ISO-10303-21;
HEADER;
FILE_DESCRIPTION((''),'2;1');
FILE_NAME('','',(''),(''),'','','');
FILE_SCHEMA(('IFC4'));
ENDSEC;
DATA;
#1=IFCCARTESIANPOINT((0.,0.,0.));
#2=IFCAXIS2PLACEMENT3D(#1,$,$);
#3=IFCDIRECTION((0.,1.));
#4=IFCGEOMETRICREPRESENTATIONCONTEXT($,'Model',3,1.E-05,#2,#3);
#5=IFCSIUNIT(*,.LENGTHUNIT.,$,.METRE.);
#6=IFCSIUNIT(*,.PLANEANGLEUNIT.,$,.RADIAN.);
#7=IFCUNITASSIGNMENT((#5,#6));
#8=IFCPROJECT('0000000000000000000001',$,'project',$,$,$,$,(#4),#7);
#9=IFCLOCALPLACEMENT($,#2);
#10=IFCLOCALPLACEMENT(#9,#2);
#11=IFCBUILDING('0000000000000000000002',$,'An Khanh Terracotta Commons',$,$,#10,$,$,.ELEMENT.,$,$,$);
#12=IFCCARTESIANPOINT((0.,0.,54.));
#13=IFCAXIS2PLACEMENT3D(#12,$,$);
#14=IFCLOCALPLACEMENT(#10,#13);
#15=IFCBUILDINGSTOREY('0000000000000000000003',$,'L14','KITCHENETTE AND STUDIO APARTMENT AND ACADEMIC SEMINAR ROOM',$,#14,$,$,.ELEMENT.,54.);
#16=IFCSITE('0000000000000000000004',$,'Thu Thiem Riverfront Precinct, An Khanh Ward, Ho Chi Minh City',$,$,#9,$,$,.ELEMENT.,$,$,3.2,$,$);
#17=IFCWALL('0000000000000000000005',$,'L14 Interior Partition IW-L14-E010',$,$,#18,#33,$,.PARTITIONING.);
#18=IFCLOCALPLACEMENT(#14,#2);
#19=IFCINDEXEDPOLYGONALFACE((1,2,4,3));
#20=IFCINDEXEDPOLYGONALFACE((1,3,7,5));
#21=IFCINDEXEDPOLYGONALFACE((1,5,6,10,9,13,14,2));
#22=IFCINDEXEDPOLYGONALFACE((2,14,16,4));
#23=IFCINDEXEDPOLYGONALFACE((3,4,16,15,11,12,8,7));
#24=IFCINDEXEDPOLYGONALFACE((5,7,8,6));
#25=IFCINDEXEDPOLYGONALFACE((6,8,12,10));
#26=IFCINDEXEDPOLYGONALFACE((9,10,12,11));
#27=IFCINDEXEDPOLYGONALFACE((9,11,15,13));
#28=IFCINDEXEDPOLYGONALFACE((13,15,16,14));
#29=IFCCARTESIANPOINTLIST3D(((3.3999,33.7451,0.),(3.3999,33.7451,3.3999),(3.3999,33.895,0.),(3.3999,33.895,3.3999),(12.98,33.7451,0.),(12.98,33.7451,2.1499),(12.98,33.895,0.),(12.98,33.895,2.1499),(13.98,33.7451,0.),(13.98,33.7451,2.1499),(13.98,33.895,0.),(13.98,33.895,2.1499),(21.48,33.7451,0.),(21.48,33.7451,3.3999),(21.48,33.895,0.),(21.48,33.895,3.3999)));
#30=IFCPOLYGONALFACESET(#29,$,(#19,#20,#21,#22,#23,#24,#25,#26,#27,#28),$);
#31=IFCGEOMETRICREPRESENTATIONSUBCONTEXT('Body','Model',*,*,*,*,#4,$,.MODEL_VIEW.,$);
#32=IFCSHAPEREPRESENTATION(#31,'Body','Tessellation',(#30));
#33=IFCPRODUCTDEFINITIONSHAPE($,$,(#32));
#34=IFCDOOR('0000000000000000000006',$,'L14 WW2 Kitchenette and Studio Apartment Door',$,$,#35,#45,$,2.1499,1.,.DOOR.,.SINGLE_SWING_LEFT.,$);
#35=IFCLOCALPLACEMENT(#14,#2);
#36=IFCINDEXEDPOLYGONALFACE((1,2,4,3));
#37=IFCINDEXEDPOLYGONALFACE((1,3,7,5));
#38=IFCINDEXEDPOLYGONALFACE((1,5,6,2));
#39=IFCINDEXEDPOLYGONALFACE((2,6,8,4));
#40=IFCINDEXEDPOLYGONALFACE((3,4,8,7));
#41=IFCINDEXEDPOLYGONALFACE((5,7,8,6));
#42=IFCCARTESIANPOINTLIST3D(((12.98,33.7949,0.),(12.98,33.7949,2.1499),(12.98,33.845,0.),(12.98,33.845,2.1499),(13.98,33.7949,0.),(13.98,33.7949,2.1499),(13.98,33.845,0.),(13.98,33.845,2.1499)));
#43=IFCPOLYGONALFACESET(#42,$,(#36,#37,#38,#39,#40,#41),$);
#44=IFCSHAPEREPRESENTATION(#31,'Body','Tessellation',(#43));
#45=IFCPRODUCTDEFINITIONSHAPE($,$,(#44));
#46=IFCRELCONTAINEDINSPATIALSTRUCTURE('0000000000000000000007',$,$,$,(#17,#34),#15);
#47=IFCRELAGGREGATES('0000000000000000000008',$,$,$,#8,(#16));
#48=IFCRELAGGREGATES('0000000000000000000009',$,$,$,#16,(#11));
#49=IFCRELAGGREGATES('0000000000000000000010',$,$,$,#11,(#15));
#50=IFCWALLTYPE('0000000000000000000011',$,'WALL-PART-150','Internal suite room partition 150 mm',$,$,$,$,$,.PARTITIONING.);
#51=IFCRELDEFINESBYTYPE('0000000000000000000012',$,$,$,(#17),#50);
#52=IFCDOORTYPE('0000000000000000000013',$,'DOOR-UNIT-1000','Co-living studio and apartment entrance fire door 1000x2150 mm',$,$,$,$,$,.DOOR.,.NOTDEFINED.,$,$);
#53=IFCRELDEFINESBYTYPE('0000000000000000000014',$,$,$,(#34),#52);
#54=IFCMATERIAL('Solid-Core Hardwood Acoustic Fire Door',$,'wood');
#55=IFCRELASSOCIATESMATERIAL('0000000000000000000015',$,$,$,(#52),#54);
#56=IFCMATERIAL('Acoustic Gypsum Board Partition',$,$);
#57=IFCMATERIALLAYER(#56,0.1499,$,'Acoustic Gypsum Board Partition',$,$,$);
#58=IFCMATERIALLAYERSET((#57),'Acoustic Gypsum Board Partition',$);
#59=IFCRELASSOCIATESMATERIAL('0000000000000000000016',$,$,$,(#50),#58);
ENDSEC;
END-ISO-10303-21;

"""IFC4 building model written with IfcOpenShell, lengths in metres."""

from ifc_helpers import new_model, si_unit, direction, frame, frame_2d, origin, place, context, subcontext, project, spatial, rectangle, extrude, material, layer, layer_set, type_object, element, fill, save


model = new_model("IFC4")

# Units and contexts
model_context = context("Model", 3, precision=1e-05, world=origin(), true_north=direction((0.0, 1.0)))
body_context = subcontext(model_context, "Body", "Model", "MODEL_VIEW")
ifc_project = project(units=[si_unit("LENGTHUNIT", "METRE"), si_unit("PLANEANGLEUNIT", "RADIAN")], contexts=[model_context])

# Site, building, storey
site_placement = place(None, origin())
site = spatial("IfcSite", under=ifc_project, at=site_placement, Name="Thu Thiem Riverfront Precinct, An Khanh Ward, Ho Chi Minh City", CompositionType="ELEMENT", RefElevation=3.2)
building_placement = place(site_placement, origin())
building = spatial("IfcBuilding", under=site, at=building_placement, Name="An Khanh Terracotta Commons", CompositionType="ELEMENT")
storey_placement = place(building_placement, frame((0.0, 0.0, 54.0)))
storey = spatial("IfcBuildingStorey", under=building, at=storey_placement, Name="L14", Description="KITCHENETTE AND STUDIO APARTMENT AND ACADEMIC SEMINAR ROOM", CompositionType="ELEMENT", Elevation=54.0)

# Shared definitions
ifc_material_1 = material(Name="Solid-Core Hardwood Acoustic Fire Door", Category="wood")
door_type_1 = type_object("IfcDoorType", Name="DOOR-UNIT-1000", Description="Co-living studio and apartment entrance fire door 1000x2150 mm", OperationType="NOTDEFINED", PredefinedType="DOOR", material=ifc_material_1)

# Wall, opening, door
ifc_material_2 = material(Name="Acoustic Gypsum Board Partition")
ifc_layer_1 = layer(ifc_material_2, 0.1499, Name="Acoustic Gypsum Board Partition")
ifc_layer_set_1 = layer_set([ifc_layer_1], Name="Acoustic Gypsum Board Partition")
wall_type_1 = type_object("IfcWallType", Name="WALL-PART-150", Description="Internal suite room partition 150 mm", PredefinedType="PARTITIONING", material=ifc_layer_set_1)
wall_1_placement = place(storey_placement, frame((3.3999, 33.8201, 0.0), z_axis=(0.0, 0.0, 1.0), x_axis=(1.0, 0.0, 0.0)))
wall_1 = element("IfcWall", 1, at=wall_1_placement, inside=storey, type_object=wall_type_1, Name="L14 Interior Partition IW-L14-E010", PredefinedType="PARTITIONING", context=body_context, shape_type="SweptSolid", body=[
    extrude(rectangle(XDim=18.0801, YDim=0.1499, at=frame_2d((9.04, 0.0))), origin(), (0.0, 0.0, 1.0), 3.3999),
])
opening_1_placement = place(wall_1_placement, frame((9.5801, 0.0, 0.0)))
opening_1 = element("IfcOpeningElement", 2, at=opening_1_placement, cuts=wall_1, PredefinedType="OPENING", context=body_context, shape_type="SweptSolid", body=[
    extrude(rectangle(XDim=1.0, YDim=2.1499, at=frame_2d((0.5, 1.075))), frame((0.0, 0.085, 0.0), z_axis=(0.0, -1.0, 0.0), x_axis=(1.0, 0.0, 0.0)), (0.0, 0.0, 1.0), 0.1699),
])
door_1_placement = place(opening_1_placement, origin())
door_1 = element("IfcDoor", 3, at=door_1_placement, inside=storey, type_object=door_type_1, Name="L14 WW2 Kitchenette and Studio Apartment Door", OperationType="SINGLE_SWING_LEFT", OverallHeight=2.1499, OverallWidth=1.0, PredefinedType="DOOR", context=body_context, shape_type="SweptSolid", body=[
    extrude(rectangle(XDim=1.0, YDim=2.1499, at=frame_2d((0.5, 1.075))), frame((0.0, 0.0249, 0.0), z_axis=(0.0, -1.0, 0.0), x_axis=(1.0, 0.0, 0.0)), (0.0, 0.0, 1.0), 0.05),
])
fill(opening_1, door_1)

save(model, "model.ifc")
